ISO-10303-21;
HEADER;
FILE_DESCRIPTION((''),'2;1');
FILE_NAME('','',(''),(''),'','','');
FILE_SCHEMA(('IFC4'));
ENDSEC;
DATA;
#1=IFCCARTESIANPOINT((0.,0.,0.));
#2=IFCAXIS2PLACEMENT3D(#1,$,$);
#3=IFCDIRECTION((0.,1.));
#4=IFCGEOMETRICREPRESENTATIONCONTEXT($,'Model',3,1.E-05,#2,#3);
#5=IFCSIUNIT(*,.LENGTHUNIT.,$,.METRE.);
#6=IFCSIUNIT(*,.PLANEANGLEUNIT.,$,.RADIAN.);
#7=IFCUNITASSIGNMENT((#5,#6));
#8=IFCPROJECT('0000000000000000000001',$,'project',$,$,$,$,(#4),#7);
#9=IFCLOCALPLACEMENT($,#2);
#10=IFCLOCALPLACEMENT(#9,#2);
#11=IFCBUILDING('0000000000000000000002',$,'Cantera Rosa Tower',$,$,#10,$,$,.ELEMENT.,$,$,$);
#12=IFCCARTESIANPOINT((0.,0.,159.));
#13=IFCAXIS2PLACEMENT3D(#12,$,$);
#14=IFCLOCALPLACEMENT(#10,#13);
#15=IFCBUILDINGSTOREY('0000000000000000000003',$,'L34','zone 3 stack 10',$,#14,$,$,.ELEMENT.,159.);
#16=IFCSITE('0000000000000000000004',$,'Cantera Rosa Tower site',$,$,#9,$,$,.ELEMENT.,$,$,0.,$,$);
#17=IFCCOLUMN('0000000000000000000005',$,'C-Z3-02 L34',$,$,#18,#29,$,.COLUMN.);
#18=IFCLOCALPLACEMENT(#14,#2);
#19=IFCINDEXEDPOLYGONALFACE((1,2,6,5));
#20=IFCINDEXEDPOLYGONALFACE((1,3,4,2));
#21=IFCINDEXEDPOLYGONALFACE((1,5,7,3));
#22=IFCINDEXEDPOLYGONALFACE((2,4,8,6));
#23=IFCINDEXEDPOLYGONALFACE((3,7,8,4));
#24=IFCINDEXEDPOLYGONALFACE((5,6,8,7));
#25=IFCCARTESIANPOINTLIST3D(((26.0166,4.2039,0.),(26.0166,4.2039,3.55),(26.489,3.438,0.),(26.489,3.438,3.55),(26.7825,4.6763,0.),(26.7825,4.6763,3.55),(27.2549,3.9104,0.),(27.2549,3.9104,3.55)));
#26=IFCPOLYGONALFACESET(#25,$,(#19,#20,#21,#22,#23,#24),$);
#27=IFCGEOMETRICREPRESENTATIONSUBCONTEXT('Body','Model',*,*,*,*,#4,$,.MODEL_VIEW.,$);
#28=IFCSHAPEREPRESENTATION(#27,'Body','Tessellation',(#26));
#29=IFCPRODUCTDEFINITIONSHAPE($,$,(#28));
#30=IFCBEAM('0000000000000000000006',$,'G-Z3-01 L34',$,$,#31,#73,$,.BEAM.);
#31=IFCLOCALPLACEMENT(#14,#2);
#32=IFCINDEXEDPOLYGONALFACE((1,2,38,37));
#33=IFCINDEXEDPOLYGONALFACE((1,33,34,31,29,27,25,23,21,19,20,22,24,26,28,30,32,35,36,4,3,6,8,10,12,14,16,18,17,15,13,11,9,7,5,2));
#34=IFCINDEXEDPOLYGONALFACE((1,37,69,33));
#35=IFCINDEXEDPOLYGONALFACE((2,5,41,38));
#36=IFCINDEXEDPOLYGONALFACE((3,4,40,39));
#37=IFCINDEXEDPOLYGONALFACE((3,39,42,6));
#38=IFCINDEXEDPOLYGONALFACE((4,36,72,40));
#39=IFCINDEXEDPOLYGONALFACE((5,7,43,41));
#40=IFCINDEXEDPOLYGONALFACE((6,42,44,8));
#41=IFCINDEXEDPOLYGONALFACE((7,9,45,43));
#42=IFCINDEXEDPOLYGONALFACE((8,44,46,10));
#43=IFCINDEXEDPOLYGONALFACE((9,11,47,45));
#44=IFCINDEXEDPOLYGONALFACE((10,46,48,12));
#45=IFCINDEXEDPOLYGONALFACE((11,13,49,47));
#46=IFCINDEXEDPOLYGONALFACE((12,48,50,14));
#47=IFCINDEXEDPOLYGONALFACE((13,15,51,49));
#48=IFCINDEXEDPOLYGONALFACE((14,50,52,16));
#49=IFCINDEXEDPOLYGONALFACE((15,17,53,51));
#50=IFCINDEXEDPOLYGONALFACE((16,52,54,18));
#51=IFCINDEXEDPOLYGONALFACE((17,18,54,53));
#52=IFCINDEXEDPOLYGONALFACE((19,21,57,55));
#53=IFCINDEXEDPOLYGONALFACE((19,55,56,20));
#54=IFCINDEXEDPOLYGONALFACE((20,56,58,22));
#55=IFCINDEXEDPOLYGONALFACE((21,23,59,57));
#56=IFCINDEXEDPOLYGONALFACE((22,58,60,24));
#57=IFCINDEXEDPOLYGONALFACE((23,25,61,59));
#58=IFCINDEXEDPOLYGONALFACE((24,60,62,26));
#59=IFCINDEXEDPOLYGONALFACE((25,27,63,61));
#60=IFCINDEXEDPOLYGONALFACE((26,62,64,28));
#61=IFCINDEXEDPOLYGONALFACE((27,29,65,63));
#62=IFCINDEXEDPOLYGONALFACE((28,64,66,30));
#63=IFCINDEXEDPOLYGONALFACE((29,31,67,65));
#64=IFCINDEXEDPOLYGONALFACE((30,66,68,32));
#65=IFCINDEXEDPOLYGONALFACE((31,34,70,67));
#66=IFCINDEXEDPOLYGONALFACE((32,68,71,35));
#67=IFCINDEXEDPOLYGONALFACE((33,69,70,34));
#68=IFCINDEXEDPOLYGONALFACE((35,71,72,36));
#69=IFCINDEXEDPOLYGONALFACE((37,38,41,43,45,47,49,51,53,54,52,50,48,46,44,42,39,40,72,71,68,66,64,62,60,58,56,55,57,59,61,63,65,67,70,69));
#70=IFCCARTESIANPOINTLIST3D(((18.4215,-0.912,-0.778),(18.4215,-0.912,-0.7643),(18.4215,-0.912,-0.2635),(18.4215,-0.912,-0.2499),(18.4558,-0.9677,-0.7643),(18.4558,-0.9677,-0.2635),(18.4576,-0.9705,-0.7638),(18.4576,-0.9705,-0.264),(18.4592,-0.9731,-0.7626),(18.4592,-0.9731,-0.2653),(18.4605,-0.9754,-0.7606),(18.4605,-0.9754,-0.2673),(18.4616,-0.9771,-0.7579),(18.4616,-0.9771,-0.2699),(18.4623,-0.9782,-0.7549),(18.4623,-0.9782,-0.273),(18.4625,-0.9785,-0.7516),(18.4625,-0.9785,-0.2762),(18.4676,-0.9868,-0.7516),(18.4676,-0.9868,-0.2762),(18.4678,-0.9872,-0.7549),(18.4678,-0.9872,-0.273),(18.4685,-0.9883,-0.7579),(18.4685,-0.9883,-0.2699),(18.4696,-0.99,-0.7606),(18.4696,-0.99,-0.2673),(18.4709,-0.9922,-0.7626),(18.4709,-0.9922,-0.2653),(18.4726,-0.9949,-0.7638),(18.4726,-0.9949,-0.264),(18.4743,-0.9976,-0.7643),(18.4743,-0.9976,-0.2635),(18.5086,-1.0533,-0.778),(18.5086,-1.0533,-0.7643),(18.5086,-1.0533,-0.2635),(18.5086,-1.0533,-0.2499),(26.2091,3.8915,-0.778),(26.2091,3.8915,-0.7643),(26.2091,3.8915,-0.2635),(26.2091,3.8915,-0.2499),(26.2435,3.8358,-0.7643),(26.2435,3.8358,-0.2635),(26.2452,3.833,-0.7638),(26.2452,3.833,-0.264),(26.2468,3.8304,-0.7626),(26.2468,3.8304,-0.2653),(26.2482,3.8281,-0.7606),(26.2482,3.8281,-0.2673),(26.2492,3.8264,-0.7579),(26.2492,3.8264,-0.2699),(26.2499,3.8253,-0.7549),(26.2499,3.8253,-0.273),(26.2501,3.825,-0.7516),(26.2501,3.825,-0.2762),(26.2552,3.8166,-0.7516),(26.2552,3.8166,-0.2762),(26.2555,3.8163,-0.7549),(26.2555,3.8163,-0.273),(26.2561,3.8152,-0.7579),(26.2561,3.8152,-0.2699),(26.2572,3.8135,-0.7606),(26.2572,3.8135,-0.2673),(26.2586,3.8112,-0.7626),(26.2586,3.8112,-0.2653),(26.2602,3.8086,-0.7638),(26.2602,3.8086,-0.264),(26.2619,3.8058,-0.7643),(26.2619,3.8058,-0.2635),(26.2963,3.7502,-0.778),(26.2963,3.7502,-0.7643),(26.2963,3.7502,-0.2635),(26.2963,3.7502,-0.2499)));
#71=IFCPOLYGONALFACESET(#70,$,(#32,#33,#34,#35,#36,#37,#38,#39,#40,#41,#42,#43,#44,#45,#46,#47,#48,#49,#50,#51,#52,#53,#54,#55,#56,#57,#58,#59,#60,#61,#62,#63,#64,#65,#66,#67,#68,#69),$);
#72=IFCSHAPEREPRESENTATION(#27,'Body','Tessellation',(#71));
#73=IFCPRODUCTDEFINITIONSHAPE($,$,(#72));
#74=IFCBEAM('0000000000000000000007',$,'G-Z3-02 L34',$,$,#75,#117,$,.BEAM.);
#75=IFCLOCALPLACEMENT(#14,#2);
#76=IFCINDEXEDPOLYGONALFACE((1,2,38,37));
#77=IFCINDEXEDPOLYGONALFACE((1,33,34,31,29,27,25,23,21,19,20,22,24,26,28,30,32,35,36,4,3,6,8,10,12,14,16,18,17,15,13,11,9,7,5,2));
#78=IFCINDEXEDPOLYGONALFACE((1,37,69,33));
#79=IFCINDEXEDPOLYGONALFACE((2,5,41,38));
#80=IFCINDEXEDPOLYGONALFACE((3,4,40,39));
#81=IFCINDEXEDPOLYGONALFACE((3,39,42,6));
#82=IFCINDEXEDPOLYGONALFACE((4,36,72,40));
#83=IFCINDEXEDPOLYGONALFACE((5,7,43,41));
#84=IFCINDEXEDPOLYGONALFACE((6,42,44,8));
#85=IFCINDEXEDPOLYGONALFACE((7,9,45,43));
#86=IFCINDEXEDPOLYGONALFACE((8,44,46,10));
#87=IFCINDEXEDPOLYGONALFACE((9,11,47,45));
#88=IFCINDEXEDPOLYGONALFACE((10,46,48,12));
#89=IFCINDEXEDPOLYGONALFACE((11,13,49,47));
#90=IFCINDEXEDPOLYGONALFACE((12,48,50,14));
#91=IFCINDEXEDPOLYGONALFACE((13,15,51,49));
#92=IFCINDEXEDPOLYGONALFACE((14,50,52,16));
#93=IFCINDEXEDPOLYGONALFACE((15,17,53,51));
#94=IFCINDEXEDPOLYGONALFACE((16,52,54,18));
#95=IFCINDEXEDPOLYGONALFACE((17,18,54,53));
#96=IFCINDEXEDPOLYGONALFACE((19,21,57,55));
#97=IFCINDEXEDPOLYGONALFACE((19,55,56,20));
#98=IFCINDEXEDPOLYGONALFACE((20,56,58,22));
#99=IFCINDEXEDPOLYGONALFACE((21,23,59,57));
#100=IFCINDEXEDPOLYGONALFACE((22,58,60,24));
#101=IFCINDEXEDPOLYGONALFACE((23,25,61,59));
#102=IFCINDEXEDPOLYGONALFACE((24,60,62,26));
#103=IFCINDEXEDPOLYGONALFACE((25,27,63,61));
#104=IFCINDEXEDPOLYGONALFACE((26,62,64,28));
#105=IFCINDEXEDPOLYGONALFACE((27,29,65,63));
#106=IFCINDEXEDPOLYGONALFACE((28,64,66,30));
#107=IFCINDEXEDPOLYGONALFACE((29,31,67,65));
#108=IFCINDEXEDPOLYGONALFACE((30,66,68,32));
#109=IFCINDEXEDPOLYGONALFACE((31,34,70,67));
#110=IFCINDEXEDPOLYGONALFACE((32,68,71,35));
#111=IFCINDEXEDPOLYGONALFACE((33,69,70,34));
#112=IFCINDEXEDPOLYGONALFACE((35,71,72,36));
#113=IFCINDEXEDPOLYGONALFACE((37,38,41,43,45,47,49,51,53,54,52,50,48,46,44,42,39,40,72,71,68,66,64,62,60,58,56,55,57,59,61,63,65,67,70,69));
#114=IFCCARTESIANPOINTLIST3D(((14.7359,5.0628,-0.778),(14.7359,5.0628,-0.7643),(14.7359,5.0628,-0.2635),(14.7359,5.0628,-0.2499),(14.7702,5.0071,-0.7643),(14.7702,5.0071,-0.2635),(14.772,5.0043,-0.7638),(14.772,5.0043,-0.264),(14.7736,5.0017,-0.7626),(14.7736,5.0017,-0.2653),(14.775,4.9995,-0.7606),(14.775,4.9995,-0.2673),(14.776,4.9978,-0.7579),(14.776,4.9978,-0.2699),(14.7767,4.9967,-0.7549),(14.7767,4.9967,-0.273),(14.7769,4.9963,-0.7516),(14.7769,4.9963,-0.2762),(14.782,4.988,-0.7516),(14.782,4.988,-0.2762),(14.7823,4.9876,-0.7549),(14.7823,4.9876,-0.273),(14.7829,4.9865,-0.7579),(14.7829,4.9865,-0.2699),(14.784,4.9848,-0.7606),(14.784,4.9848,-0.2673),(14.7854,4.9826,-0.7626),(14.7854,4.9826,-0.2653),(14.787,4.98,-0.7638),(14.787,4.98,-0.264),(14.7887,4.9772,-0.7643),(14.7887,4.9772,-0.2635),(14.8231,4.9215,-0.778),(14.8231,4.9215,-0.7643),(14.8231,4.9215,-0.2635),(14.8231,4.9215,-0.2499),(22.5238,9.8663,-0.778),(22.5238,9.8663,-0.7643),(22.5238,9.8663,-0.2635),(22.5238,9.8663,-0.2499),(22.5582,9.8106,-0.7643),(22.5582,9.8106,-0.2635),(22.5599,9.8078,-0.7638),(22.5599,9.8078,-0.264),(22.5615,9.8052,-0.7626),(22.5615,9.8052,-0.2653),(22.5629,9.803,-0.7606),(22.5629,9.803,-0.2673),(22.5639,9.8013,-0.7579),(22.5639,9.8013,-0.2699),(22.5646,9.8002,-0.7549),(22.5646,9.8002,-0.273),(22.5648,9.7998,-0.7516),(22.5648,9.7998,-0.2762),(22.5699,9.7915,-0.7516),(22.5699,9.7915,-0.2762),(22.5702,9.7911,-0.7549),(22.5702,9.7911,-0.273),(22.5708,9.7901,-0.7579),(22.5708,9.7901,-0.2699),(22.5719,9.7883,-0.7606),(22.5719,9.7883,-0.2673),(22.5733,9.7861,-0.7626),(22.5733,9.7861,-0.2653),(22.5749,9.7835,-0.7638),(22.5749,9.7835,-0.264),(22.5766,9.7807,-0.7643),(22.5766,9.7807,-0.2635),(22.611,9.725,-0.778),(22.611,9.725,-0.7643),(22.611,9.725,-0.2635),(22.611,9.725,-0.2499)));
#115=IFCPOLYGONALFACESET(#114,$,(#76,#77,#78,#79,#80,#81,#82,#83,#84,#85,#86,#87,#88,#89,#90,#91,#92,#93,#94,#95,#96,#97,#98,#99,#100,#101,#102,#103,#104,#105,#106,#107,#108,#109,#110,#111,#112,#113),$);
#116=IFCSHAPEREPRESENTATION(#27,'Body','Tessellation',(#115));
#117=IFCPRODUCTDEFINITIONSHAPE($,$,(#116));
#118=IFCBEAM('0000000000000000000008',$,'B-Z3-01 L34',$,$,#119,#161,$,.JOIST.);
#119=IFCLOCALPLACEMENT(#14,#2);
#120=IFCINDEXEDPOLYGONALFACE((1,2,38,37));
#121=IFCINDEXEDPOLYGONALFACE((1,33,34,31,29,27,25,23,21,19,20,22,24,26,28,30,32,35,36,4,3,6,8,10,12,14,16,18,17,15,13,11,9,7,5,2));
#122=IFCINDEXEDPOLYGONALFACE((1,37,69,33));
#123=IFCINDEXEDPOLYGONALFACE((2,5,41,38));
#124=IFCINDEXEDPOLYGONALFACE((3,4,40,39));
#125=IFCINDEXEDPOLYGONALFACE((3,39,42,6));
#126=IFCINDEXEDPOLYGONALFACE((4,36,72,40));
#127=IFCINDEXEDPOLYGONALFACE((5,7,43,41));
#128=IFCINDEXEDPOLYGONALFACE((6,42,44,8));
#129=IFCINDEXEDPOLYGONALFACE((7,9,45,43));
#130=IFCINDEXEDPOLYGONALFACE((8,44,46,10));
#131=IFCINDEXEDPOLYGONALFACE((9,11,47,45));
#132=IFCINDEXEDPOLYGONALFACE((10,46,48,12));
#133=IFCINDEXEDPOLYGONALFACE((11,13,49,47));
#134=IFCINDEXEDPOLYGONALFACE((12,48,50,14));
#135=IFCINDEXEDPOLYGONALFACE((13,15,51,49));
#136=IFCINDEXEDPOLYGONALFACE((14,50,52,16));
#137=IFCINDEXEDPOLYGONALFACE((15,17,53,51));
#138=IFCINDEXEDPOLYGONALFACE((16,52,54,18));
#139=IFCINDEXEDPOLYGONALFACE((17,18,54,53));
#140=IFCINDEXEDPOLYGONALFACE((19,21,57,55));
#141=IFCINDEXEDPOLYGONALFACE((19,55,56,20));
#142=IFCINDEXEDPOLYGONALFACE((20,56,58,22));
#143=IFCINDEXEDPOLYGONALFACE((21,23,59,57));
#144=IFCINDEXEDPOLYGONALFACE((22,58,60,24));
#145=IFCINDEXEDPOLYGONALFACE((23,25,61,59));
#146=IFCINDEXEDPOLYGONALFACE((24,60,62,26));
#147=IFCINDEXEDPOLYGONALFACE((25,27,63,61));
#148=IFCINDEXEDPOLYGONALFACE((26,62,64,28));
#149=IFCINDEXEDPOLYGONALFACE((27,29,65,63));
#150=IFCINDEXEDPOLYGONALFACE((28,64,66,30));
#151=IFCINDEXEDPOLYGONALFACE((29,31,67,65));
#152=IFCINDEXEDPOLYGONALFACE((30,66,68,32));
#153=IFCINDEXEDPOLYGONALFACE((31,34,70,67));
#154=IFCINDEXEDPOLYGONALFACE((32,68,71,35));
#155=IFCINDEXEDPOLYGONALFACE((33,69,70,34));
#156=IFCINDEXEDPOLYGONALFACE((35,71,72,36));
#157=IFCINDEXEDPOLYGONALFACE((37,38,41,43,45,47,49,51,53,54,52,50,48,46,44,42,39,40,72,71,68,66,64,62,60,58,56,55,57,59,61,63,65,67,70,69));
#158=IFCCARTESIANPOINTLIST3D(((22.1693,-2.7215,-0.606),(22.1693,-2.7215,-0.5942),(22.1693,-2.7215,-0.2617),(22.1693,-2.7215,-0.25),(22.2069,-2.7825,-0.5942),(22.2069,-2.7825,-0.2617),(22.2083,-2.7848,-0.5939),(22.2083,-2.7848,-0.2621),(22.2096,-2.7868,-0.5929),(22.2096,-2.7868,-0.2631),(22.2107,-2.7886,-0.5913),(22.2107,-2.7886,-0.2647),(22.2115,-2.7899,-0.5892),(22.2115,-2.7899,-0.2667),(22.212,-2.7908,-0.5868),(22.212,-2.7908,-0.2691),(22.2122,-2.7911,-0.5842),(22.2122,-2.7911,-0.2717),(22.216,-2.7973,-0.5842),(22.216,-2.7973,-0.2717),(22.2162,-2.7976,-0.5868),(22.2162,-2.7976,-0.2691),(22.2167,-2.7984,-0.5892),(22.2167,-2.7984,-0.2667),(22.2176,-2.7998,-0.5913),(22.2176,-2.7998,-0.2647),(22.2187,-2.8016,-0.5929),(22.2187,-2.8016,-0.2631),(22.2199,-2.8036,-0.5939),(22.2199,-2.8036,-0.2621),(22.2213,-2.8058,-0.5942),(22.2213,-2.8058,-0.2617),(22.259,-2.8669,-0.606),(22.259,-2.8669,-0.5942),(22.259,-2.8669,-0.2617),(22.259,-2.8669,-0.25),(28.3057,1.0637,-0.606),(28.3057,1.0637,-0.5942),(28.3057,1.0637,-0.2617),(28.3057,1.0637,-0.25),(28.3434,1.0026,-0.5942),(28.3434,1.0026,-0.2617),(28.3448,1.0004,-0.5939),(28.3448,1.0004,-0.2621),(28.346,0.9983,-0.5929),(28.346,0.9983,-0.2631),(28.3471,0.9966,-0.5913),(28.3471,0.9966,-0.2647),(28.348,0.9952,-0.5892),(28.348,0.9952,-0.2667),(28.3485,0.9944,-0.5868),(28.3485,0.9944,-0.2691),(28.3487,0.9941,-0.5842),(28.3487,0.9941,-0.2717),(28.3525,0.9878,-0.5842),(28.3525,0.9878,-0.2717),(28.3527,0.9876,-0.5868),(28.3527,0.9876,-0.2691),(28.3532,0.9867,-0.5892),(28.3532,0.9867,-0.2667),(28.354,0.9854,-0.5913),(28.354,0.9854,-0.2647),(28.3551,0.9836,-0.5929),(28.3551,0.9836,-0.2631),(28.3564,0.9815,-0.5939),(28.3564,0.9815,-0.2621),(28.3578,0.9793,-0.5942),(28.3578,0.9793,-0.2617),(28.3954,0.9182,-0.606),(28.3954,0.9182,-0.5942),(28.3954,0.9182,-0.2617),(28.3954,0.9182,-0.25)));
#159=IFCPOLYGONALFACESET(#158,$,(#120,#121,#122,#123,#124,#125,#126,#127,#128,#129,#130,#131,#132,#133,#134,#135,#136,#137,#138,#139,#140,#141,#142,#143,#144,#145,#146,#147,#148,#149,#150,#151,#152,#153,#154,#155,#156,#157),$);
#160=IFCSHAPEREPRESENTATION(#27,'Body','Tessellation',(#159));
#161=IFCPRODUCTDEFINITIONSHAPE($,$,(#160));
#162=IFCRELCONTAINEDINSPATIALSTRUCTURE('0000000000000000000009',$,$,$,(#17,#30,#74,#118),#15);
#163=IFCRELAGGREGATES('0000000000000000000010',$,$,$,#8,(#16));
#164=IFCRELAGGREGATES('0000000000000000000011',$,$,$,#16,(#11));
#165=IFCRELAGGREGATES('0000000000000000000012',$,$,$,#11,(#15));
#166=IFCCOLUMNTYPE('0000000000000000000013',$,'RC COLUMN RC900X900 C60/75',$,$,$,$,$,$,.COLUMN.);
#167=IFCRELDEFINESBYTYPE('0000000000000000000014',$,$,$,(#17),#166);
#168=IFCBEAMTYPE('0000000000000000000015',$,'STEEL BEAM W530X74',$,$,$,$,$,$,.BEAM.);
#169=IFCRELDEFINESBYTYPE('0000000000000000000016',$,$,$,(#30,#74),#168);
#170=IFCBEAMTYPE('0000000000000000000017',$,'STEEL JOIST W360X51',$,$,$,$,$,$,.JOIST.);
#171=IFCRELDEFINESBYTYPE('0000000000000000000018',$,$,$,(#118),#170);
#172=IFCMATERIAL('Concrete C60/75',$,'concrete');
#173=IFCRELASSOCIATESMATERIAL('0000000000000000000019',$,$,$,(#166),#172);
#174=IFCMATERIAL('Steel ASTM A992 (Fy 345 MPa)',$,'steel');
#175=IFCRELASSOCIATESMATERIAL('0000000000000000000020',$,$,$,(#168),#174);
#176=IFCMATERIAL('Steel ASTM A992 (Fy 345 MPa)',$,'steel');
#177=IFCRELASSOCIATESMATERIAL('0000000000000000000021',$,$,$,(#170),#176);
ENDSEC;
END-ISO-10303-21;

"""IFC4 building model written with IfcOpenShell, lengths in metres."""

from ifc_helpers import new_model, si_unit, direction, frame, origin, origin_2d, place, context, subcontext, project, spatial, rectangle, i_section, extrude, material, material_profile, profile_set, type_object, element, save


model = new_model("IFC4")

# Units and contexts
model_context = context("Model", 3, precision=1e-05, world=origin(), true_north=direction((0.0, 1.0)))
body_context = subcontext(model_context, "Body", "Model", "MODEL_VIEW")
ifc_project = project(units=[si_unit("LENGTHUNIT", "METRE"), si_unit("PLANEANGLEUNIT", "RADIAN")], contexts=[model_context])

# Site, building, storey
site_placement = place(None, origin())
site = spatial("IfcSite", under=ifc_project, at=site_placement, Name="Cantera Rosa Tower site", CompositionType="ELEMENT", RefElevation=0.0)
building_placement = place(site_placement, origin())
building = spatial("IfcBuilding", under=site, at=building_placement, Name="Cantera Rosa Tower", CompositionType="ELEMENT")
storey_placement = place(building_placement, frame((0.0, 0.0, 159.0)))
storey = spatial("IfcBuildingStorey", under=building, at=storey_placement, Name="L34", Description="zone 3 stack 10", CompositionType="ELEMENT", Elevation=159.0)

# Column
ifc_material_1 = material(Name="Concrete C60/75", Category="concrete")
ifc_material_profile_1 = material_profile(ifc_material_1, rectangle(XDim=0.8999, YDim=0.8999, at=origin_2d()), Name="RC COLUMN RC900X900 C60/75")
ifc_profile_set_1 = profile_set([ifc_material_profile_1], Name="Concrete C60/75")
column_type = type_object("IfcColumnType", Name="RC COLUMN RC900X900 C60/75", PredefinedType="COLUMN", material=ifc_profile_set_1)
column_placement = place(storey_placement, frame((26.6357, 4.0571, 0.0), z_axis=(0.0, 0.0, 1.0), x_axis=(0.851117, 0.524977, 0.0)))
element("IfcColumn", 1, at=column_placement, inside=storey, type_object=column_type, Name="C-Z3-02 L34", PredefinedType="COLUMN", context=body_context, shape_type="SweptSolid", body=[
    extrude(rectangle(XDim=0.8999, YDim=0.8999, at=origin_2d()), origin(), (0.0, 0.0, 1.0), 3.55),
])

# Beams
ifc_material_2 = material(Name="Steel ASTM A992 (Fy 345 MPa)", Category="steel")
ifc_material_profile_2 = material_profile(ifc_material_2, i_section(OverallWidth=0.166, OverallDepth=0.5281, WebThickness=0.0098, FlangeThickness=0.0137, FilletRadius=0.0127, at=origin_2d()), Name="W530X74")
ifc_profile_set_2 = profile_set([ifc_material_profile_2], Name="Steel ASTM A992 (Fy 345 MPa)")
beam_type_1 = type_object("IfcBeamType", Name="STEEL BEAM W530X74", PredefinedType="BEAM", material=ifc_profile_set_2)
beam_1_placement = place(storey_placement, frame((26.2527, 3.8208, -0.5139), z_axis=(-0.851116, -0.524977, 0.0), x_axis=(0.524977, -0.851116, 0.0)))
element("IfcBeam", 2, at=beam_1_placement, inside=storey, type_object=beam_type_1, Name="G-Z3-01 L34", PredefinedType="BEAM", context=body_context, shape_type="SweptSolid", body=[
    extrude(i_section(OverallWidth=0.166, OverallDepth=0.5281, WebThickness=0.0098, FlangeThickness=0.0137, FilletRadius=0.0127, at=origin_2d()), origin(), (0.0, 0.0, 1.0), 9.1499),
])
beam_2_placement = place(storey_placement, frame((22.5674, 9.7957, -0.5139), z_axis=(-0.851124, -0.524965, 0.0), x_axis=(0.524965, -0.851124, 0.0)))
element("IfcBeam", 3, at=beam_2_placement, inside=storey, type_object=beam_type_1, Name="G-Z3-02 L34", PredefinedType="BEAM", context=body_context, shape_type="SweptSolid", body=[
    extrude(i_section(OverallWidth=0.166, OverallDepth=0.5281, WebThickness=0.0098, FlangeThickness=0.0137, FilletRadius=0.0127, at=origin_2d()), origin(), (0.0, 0.0, 1.0), 9.1501),
])
ifc_material_3 = material(Name="Steel ASTM A992 (Fy 345 MPa)", Category="steel")
ifc_material_profile_3 = material_profile(ifc_material_3, i_section(OverallWidth=0.1709, OverallDepth=0.356, WebThickness=0.0073, FlangeThickness=0.0117, FilletRadius=0.01, at=origin_2d()), Name="W360X51")
ifc_profile_set_3 = profile_set([ifc_material_profile_3], Name="Steel ASTM A992 (Fy 345 MPa)")
beam_type_2 = type_object("IfcBeamType", Name="STEEL JOIST W360X51", PredefinedType="JOIST", material=ifc_profile_set_3)
beam_3_placement = place(storey_placement, frame((28.3506, 0.991, -0.428), z_axis=(-0.851109, -0.524989, 0.0), x_axis=(0.524989, -0.851109, 0.0)))
element("IfcBeam", 4, at=beam_3_placement, inside=storey, type_object=beam_type_2, Name="B-Z3-01 L34", PredefinedType="JOIST", context=body_context, shape_type="SweptSolid", body=[
    extrude(i_section(OverallWidth=0.1709, OverallDepth=0.356, WebThickness=0.0073, FlangeThickness=0.0117, FilletRadius=0.01, at=origin_2d()), origin(), (0.0, 0.0, 1.0), 7.21),
])

save(model, "model.ifc")
